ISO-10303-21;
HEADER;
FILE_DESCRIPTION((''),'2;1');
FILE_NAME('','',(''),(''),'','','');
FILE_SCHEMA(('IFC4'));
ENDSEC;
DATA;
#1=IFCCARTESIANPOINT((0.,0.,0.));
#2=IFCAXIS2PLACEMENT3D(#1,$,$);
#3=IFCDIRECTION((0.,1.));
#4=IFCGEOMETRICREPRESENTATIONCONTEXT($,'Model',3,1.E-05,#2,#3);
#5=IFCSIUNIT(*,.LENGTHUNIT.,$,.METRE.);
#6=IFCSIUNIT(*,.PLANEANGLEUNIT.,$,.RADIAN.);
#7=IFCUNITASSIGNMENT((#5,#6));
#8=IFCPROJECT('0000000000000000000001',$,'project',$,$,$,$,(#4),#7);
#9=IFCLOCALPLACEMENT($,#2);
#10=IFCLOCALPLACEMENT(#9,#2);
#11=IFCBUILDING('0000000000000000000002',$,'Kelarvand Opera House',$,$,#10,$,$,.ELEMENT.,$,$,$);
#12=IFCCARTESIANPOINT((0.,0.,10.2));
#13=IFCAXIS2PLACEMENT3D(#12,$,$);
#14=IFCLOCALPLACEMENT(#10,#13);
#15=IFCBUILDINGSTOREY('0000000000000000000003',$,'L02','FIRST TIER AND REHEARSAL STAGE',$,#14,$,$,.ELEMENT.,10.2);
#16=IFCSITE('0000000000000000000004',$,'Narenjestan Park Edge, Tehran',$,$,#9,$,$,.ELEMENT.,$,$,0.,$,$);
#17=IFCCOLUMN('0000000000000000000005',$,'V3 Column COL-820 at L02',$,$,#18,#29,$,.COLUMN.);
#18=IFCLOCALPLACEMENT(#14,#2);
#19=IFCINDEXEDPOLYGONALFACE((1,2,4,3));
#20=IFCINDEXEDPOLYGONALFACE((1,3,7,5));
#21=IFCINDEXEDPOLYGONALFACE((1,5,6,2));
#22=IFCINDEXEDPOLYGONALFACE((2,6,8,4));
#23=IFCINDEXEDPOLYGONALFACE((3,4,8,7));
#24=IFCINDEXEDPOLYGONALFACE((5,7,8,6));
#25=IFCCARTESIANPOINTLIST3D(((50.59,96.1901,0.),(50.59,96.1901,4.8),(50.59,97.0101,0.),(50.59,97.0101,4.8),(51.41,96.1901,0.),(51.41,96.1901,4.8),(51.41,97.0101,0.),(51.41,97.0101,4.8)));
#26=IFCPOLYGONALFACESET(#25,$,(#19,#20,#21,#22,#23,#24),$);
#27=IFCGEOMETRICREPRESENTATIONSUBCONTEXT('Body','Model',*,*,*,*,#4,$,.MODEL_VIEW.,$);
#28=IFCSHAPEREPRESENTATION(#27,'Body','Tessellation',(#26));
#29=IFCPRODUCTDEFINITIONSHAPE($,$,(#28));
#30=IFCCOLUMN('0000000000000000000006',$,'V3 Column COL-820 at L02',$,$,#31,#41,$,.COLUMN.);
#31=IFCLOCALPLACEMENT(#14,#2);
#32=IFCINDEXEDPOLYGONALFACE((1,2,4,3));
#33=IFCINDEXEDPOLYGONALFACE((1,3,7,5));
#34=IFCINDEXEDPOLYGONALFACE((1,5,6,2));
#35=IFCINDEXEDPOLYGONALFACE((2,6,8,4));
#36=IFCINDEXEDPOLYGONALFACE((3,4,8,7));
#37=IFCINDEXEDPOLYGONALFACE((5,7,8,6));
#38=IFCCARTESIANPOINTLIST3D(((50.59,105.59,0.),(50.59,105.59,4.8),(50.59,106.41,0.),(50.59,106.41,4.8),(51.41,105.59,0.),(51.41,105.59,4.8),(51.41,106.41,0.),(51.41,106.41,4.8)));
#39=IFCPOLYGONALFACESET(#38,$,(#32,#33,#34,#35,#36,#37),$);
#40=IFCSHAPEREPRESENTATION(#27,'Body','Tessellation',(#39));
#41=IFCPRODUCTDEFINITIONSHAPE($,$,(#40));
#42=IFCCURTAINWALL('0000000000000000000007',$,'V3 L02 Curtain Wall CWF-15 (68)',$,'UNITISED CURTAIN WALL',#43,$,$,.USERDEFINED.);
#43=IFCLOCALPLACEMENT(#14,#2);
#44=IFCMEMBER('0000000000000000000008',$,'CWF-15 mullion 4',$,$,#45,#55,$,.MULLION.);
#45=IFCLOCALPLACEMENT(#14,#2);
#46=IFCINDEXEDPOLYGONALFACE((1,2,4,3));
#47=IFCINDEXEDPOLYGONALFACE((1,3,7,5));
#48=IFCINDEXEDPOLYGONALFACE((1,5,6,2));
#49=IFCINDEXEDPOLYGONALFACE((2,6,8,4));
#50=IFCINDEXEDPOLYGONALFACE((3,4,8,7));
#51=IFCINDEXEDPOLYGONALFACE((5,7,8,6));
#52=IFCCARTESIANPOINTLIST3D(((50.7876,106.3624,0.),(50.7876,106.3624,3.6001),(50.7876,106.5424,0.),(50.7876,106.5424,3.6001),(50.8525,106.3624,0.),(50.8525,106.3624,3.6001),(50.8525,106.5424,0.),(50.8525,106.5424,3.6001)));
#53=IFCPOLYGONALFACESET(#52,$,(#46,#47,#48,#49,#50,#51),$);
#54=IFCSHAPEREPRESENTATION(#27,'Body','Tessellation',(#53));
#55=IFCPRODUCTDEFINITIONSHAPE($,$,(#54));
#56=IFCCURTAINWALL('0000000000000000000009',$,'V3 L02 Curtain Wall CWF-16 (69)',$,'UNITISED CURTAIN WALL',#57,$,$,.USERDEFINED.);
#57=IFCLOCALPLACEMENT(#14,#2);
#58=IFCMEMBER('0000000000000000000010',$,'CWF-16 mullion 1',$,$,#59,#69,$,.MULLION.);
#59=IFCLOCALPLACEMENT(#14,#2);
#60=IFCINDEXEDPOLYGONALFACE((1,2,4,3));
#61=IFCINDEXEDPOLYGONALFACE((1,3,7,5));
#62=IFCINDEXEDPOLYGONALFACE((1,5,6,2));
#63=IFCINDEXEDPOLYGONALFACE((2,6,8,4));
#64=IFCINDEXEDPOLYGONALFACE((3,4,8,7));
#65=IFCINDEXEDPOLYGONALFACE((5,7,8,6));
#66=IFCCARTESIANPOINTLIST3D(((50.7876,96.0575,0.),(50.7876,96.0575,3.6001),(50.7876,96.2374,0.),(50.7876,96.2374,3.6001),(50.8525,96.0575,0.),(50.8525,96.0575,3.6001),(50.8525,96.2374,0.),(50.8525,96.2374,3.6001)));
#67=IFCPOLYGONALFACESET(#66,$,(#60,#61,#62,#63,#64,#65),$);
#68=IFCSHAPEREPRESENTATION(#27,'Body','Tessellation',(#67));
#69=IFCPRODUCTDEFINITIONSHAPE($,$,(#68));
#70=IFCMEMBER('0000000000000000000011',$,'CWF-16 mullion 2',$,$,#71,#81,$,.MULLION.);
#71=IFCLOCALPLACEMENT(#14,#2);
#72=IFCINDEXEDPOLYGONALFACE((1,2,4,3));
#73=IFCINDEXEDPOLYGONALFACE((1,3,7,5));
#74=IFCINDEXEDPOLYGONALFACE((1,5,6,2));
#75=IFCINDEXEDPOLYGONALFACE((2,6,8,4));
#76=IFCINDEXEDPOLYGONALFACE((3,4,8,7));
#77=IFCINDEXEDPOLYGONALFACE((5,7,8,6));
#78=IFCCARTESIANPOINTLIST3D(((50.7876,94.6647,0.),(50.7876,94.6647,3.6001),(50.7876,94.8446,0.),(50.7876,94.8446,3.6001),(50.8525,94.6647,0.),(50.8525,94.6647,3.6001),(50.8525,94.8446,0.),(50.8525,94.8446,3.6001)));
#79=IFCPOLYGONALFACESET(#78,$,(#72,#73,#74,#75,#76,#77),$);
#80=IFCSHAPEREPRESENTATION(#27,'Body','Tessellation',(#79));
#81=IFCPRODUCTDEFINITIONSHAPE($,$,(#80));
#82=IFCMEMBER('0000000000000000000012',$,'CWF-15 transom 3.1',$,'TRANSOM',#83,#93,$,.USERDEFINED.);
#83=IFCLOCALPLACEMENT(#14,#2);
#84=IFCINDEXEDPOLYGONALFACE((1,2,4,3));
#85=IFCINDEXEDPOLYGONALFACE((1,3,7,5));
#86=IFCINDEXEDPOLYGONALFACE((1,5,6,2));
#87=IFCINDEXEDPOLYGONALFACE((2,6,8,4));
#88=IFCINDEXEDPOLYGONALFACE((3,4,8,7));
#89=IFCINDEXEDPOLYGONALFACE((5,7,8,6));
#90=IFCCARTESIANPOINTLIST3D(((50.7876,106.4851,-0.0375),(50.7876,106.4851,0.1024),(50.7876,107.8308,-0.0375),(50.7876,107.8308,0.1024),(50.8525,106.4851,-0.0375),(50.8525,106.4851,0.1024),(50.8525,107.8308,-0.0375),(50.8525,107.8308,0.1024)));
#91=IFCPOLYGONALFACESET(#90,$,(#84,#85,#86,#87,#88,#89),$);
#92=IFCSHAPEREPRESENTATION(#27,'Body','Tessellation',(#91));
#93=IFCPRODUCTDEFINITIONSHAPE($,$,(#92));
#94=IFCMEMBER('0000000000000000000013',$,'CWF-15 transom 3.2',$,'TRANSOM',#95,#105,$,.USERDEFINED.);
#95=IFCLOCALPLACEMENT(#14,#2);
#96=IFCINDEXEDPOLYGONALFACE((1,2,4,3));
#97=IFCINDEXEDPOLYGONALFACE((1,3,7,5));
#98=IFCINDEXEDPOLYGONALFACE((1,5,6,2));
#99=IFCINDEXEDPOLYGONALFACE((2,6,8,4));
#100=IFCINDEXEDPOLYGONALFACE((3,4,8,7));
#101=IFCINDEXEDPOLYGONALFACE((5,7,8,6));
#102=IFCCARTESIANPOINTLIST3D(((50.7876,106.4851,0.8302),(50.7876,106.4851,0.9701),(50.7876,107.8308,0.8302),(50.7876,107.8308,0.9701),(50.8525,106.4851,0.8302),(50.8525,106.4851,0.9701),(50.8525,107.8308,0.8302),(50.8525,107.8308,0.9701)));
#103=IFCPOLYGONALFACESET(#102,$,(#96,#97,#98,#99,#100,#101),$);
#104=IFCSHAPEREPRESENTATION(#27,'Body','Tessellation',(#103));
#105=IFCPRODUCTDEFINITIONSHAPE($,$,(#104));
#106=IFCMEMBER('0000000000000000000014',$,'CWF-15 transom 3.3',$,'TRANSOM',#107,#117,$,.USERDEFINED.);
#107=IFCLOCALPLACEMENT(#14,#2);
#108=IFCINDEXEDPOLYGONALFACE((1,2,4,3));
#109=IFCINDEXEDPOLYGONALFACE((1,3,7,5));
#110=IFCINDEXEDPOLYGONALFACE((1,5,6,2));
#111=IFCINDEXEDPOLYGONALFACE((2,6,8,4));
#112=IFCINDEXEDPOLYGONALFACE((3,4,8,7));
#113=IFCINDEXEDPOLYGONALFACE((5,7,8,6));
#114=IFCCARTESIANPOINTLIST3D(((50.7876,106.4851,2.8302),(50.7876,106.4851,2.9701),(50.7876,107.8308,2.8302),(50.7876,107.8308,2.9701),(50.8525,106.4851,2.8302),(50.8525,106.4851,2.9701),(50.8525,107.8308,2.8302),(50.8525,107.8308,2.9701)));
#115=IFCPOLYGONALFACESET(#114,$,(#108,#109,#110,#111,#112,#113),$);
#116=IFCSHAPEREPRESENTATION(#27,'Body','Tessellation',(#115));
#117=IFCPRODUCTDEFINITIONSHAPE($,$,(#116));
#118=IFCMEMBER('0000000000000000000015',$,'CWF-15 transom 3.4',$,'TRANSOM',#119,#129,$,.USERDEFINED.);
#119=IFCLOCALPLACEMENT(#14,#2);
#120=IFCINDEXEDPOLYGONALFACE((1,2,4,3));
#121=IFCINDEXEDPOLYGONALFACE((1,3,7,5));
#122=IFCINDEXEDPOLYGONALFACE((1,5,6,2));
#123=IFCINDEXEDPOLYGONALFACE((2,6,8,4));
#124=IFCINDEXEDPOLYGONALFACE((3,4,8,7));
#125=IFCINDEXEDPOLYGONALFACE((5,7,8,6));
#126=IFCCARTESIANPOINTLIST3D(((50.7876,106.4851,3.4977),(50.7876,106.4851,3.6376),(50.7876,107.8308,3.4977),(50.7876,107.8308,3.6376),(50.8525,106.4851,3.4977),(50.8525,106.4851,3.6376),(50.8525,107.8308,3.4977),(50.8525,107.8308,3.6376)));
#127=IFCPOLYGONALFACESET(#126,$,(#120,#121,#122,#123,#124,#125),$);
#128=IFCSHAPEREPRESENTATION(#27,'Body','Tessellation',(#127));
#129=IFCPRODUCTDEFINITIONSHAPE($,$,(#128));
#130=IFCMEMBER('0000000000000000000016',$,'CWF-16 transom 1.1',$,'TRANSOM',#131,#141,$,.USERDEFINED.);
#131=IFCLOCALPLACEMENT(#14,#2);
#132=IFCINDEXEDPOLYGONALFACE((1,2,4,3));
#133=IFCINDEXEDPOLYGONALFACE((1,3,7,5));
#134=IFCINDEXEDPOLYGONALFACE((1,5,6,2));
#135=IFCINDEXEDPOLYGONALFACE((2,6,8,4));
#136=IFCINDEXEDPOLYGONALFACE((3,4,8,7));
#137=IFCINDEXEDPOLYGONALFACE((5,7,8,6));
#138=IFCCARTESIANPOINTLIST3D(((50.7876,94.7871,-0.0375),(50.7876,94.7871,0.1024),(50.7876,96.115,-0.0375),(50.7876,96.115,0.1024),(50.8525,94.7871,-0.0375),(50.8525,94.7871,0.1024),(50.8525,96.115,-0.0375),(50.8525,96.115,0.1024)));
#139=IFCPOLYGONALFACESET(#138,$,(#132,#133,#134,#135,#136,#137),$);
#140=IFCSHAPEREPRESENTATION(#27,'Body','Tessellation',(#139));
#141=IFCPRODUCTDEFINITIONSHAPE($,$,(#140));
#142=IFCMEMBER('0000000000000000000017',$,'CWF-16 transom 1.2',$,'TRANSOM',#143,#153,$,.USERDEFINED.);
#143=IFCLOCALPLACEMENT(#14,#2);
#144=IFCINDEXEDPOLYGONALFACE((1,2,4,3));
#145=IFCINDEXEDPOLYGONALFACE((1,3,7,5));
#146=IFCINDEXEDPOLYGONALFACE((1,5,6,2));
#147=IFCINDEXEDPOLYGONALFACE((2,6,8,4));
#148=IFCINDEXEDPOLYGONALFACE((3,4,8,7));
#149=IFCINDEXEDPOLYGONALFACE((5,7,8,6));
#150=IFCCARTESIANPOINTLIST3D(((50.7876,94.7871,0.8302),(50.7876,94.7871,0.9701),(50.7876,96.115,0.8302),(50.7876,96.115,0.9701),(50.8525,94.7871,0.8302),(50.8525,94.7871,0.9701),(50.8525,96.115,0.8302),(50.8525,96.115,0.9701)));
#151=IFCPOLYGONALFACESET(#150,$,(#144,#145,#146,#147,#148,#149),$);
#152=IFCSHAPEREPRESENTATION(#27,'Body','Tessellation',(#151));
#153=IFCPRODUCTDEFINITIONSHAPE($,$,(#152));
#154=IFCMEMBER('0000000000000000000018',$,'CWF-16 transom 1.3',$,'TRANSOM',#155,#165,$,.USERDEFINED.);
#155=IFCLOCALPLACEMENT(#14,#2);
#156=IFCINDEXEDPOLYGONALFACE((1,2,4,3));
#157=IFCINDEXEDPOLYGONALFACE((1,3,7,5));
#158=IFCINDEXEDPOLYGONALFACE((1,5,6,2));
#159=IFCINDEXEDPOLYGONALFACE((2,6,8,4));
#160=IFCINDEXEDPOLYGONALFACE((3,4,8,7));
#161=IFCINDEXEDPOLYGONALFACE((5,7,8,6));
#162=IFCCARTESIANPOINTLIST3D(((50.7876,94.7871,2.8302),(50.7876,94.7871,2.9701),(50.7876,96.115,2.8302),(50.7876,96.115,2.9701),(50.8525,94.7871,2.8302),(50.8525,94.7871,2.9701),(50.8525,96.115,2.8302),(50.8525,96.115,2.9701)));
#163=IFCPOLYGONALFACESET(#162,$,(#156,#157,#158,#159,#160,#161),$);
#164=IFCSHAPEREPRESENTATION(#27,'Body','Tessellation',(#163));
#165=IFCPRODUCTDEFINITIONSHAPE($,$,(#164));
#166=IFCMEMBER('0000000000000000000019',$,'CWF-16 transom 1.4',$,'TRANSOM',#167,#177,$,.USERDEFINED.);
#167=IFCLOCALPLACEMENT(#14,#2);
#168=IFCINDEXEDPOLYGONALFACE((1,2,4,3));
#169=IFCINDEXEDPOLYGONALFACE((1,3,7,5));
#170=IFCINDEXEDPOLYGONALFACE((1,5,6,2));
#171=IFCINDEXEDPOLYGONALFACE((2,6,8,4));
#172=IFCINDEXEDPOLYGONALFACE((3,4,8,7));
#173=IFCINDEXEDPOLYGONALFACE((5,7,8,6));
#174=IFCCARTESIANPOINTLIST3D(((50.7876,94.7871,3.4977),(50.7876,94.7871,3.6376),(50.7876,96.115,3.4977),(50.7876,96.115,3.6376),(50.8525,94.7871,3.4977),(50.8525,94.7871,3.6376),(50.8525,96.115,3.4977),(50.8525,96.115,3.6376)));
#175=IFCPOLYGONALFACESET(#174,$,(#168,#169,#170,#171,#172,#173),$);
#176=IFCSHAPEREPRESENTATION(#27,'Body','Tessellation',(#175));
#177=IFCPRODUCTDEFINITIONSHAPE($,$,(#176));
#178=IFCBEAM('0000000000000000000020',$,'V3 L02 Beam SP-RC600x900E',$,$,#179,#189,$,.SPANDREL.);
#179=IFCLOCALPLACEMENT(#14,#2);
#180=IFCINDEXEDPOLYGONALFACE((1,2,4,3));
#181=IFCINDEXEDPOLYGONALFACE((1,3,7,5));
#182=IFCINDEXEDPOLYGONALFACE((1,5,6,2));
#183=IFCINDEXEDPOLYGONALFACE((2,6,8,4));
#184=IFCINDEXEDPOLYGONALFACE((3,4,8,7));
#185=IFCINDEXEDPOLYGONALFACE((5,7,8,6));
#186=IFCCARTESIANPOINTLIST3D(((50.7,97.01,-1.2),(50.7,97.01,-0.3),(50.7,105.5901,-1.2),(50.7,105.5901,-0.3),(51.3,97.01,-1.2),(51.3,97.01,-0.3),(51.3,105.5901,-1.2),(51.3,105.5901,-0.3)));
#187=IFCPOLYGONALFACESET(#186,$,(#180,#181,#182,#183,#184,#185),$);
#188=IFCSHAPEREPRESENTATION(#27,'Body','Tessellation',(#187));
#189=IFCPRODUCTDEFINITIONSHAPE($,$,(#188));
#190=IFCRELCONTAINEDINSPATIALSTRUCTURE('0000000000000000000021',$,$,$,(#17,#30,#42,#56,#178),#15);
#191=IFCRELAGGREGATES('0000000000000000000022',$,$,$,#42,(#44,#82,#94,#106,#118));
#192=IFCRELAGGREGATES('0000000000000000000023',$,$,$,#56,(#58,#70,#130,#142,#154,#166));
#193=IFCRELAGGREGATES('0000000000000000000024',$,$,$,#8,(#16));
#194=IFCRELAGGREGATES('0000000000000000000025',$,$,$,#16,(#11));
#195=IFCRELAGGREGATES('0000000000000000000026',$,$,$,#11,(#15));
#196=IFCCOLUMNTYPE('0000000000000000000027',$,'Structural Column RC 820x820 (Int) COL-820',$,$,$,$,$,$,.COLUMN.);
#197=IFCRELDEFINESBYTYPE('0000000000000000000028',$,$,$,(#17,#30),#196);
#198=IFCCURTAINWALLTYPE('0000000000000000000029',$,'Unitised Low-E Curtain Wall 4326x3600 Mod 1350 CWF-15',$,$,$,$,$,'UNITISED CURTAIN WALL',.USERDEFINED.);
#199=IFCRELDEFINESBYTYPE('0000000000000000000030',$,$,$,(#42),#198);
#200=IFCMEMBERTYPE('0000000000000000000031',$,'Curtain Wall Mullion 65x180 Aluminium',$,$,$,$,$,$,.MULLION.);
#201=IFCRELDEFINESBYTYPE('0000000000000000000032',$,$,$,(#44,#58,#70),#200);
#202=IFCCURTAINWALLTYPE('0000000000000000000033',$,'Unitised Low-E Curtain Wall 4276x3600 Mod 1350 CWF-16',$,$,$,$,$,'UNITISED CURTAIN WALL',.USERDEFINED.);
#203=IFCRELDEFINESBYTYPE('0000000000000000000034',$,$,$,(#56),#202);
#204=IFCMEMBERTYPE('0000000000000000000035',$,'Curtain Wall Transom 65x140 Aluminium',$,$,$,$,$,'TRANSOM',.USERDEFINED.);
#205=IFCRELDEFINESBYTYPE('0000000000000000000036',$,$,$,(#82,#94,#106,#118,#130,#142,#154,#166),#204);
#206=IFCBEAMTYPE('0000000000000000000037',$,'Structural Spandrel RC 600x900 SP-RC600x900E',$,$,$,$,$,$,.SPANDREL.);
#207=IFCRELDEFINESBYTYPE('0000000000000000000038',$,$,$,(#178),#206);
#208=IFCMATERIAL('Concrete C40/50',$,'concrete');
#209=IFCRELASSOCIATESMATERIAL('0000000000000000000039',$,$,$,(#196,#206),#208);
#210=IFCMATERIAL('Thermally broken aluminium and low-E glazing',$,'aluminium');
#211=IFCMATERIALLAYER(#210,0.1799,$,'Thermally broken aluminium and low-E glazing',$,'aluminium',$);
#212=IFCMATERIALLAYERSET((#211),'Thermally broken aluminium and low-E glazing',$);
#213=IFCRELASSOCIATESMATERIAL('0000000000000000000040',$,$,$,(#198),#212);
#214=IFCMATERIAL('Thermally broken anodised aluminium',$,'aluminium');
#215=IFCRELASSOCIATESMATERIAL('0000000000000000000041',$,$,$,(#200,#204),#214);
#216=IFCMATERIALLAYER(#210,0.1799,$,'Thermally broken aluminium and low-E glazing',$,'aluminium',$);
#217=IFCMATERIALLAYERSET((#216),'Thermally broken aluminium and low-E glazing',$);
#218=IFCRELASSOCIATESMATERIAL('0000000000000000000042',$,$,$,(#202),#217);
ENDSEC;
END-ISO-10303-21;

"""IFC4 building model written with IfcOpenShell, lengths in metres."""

from ifc_helpers import new_model, si_unit, direction, frame, origin, origin_2d, place, context, subcontext, project, spatial, rectangle, extrude, material, layer, layer_set, material_profile, profile_set, type_object, element, aggregate, save


model = new_model("IFC4")

# Units and contexts
model_context = context("Model", 3, precision=1e-05, world=origin(), true_north=direction((0.0, 1.0)))
body_context = subcontext(model_context, "Body", "Model", "MODEL_VIEW")
ifc_project = project(units=[si_unit("LENGTHUNIT", "METRE"), si_unit("PLANEANGLEUNIT", "RADIAN")], contexts=[model_context])

# Site, building, storey
site_placement = place(None, origin())
site = spatial("IfcSite", under=ifc_project, at=site_placement, Name="Narenjestan Park Edge, Tehran", CompositionType="ELEMENT", RefElevation=0.0)
building_placement = place(site_placement, origin())
building = spatial("IfcBuilding", under=site, at=building_placement, Name="Kelarvand Opera House", CompositionType="ELEMENT")
storey_placement = place(building_placement, frame((0.0, 0.0, 10.2)))
storey = spatial("IfcBuildingStorey", under=building, at=storey_placement, Name="L02", Description="FIRST TIER AND REHEARSAL STAGE", CompositionType="ELEMENT", Elevation=10.2)

# Columns
ifc_material_1 = material(Name="Concrete C40/50", Category="concrete")
ifc_material_profile_1 = material_profile(ifc_material_1, rectangle(XDim=0.8201, YDim=0.8201, at=origin_2d()), Name="RC 820x820", Category="concrete")
ifc_profile_set_1 = profile_set([ifc_material_profile_1], Name="Concrete C40/50")
column_type = type_object("IfcColumnType", Name="Structural Column RC 820x820 (Int) COL-820", PredefinedType="COLUMN", material=ifc_profile_set_1)
for number, where, z_axis, x_axis, name in (
    (1, (51.0, 96.6001, 0.0), (0.0, 0.0, 1.0), (1.0, 0.0, 0.0), "V3 Column COL-820 at L02"),
    (2, (51.0, 106.0, 0.0), (0.0, 0.0, 1.0), (1.0, 0.0, 0.0), "V3 Column COL-820 at L02"),
):
    element("IfcColumn", number, at=place(storey_placement, frame(where, z_axis=z_axis, x_axis=x_axis)), inside=storey, type_object=column_type, Name=name, PredefinedType="COLUMN", context=body_context, shape_type="SweptSolid", body=[
        extrude(rectangle(XDim=0.8201, YDim=0.8201, at=origin_2d()), origin(), (0.0, 0.0, 1.0), 4.8),
    ])

# Curtain wall, member
ifc_material_2 = material(Name="Thermally broken aluminium and low-E glazing", Category="aluminium")
ifc_layer_1 = layer(ifc_material_2, 0.1799, Name="Thermally broken aluminium and low-E glazing", Category="aluminium")
ifc_layer_set_1 = layer_set([ifc_layer_1], Name="Thermally broken aluminium and low-E glazing")
curtain_wall_type_1 = type_object("IfcCurtainWallType", Name="Unitised Low-E Curtain Wall 4326x3600 Mod 1350 CWF-15", ElementType="UNITISED CURTAIN WALL", PredefinedType="USERDEFINED", material=ifc_layer_set_1)
curtain_wall_1_placement = place(storey_placement, origin())
curtain_wall_1 = element("IfcCurtainWall", 3, at=curtain_wall_1_placement, inside=storey, type_object=curtain_wall_type_1, Name="V3 L02 Curtain Wall CWF-15 (68)", ObjectType="UNITISED CURTAIN WALL", PredefinedType="USERDEFINED")
ifc_material_3 = material(Name="Thermally broken anodised aluminium", Category="aluminium")
ifc_material_profile_2 = material_profile(ifc_material_3, rectangle(XDim=0.0649, YDim=0.1799, at=origin_2d()), Name="ALU MULLION 65x180", Category="aluminium")
ifc_profile_set_2 = profile_set([ifc_material_profile_2], Name="Thermally broken anodised aluminium")
member_type_1 = type_object("IfcMemberType", Name="Curtain Wall Mullion 65x180 Aluminium", PredefinedType="MULLION", material=ifc_profile_set_2)
member_1_placement = place(storey_placement, frame((50.8201, 106.4524, 0.0), z_axis=(0.0, 0.0, 1.0), x_axis=(1.0, 0.0, 0.0)))
member_1 = element("IfcMember", 4, at=member_1_placement, type_object=member_type_1, Name="CWF-15 mullion 4", PredefinedType="MULLION", context=body_context, shape_type="SweptSolid", body=[
    extrude(rectangle(XDim=0.0649, YDim=0.1799, at=origin_2d()), origin(), (0.0, 0.0, 1.0), 3.6001),
])

# Curtain wall, members
ifc_layer_2 = layer(ifc_material_2, 0.1799, Name="Thermally broken aluminium and low-E glazing", Category="aluminium")
ifc_layer_set_2 = layer_set([ifc_layer_2], Name="Thermally broken aluminium and low-E glazing")
curtain_wall_type_2 = type_object("IfcCurtainWallType", Name="Unitised Low-E Curtain Wall 4276x3600 Mod 1350 CWF-16", ElementType="UNITISED CURTAIN WALL", PredefinedType="USERDEFINED", material=ifc_layer_set_2)
curtain_wall_2_placement = place(storey_placement, origin())
curtain_wall_2 = element("IfcCurtainWall", 5, at=curtain_wall_2_placement, inside=storey, type_object=curtain_wall_type_2, Name="V3 L02 Curtain Wall CWF-16 (69)", ObjectType="UNITISED CURTAIN WALL", PredefinedType="USERDEFINED")
member_2_placement = place(storey_placement, frame((50.8201, 96.1475, 0.0), z_axis=(0.0, 0.0, 1.0), x_axis=(1.0, 0.0, 0.0)))
member_2 = element("IfcMember", 6, at=member_2_placement, type_object=member_type_1, Name="CWF-16 mullion 1", PredefinedType="MULLION", context=body_context, shape_type="SweptSolid", body=[
    extrude(rectangle(XDim=0.0649, YDim=0.1799, at=origin_2d()), origin(), (0.0, 0.0, 1.0), 3.6001),
])
member_3_placement = place(storey_placement, frame((50.8201, 94.7546, 0.0), z_axis=(0.0, 0.0, 1.0), x_axis=(1.0, 0.0, 0.0)))
member_3 = element("IfcMember", 7, at=member_3_placement, type_object=member_type_1, Name="CWF-16 mullion 2", PredefinedType="MULLION", context=body_context, shape_type="SweptSolid", body=[
    extrude(rectangle(XDim=0.0649, YDim=0.1799, at=origin_2d()), origin(), (0.0, 0.0, 1.0), 3.6001),
])

# Members
ifc_material_profile_3 = material_profile(ifc_material_3, rectangle(XDim=0.0649, YDim=0.1399, at=origin_2d()), Name="ALU TRANSOM 65x140", Category="aluminium")
ifc_profile_set_3 = profile_set([ifc_material_profile_3], Name="Thermally broken anodised aluminium")
member_type_2 = type_object("IfcMemberType", Name="Curtain Wall Transom 65x140 Aluminium", ElementType="TRANSOM", PredefinedType="USERDEFINED", material=ifc_profile_set_3)
member_4_placement = place(storey_placement, frame((50.8201, 107.8308, 0.0325), z_axis=(0.0, -1.0, 0.0), x_axis=(1.0, 0.0, 0.0)))
member_4 = element("IfcMember", 8, at=member_4_placement, type_object=member_type_2, Name="CWF-15 transom 3.1", ObjectType="TRANSOM", PredefinedType="USERDEFINED", context=body_context, shape_type="SweptSolid", body=[
    extrude(rectangle(XDim=0.0649, YDim=0.1399, at=origin_2d()), origin(), (0.0, 0.0, 1.0), 1.3457),
])
member_5_placement = place(storey_placement, frame((50.8201, 107.8308, 0.9001), z_axis=(0.0, -1.0, 0.0), x_axis=(1.0, 0.0, 0.0)))
member_5 = element("IfcMember", 9, at=member_5_placement, type_object=member_type_2, Name="CWF-15 transom 3.2", ObjectType="TRANSOM", PredefinedType="USERDEFINED", context=body_context, shape_type="SweptSolid", body=[
    extrude(rectangle(XDim=0.0649, YDim=0.1399, at=origin_2d()), origin(), (0.0, 0.0, 1.0), 1.3457),
])
member_6_placement = place(storey_placement, frame((50.8201, 107.8308, 2.9001), z_axis=(0.0, -1.0, 0.0), x_axis=(1.0, 0.0, 0.0)))
member_6 = element("IfcMember", 10, at=member_6_placement, type_object=member_type_2, Name="CWF-15 transom 3.3", ObjectType="TRANSOM", PredefinedType="USERDEFINED", context=body_context, shape_type="SweptSolid", body=[
    extrude(rectangle(XDim=0.0649, YDim=0.1399, at=origin_2d()), origin(), (0.0, 0.0, 1.0), 1.3457),
])
member_7_placement = place(storey_placement, frame((50.8201, 107.8308, 3.5676), z_axis=(0.0, -1.0, 0.0), x_axis=(1.0, 0.0, 0.0)))
member_7 = element("IfcMember", 11, at=member_7_placement, type_object=member_type_2, Name="CWF-15 transom 3.4", ObjectType="TRANSOM", PredefinedType="USERDEFINED", context=body_context, shape_type="SweptSolid", body=[
    extrude(rectangle(XDim=0.0649, YDim=0.1399, at=origin_2d()), origin(), (0.0, 0.0, 1.0), 1.3457),
])
member_8_placement = place(storey_placement, frame((50.8201, 96.115, 0.0325), z_axis=(0.0, -1.0, 0.0), x_axis=(1.0, 0.0, 0.0)))
member_8 = element("IfcMember", 12, at=member_8_placement, type_object=member_type_2, Name="CWF-16 transom 1.1", ObjectType="TRANSOM", PredefinedType="USERDEFINED", context=body_context, shape_type="SweptSolid", body=[
    extrude(rectangle(XDim=0.0649, YDim=0.1399, at=origin_2d()), origin(), (0.0, 0.0, 1.0), 1.3279),
])
member_9_placement = place(storey_placement, frame((50.8201, 96.115, 0.9001), z_axis=(0.0, -1.0, 0.0), x_axis=(1.0, 0.0, 0.0)))
member_9 = element("IfcMember", 13, at=member_9_placement, type_object=member_type_2, Name="CWF-16 transom 1.2", ObjectType="TRANSOM", PredefinedType="USERDEFINED", context=body_context, shape_type="SweptSolid", body=[
    extrude(rectangle(XDim=0.0649, YDim=0.1399, at=origin_2d()), origin(), (0.0, 0.0, 1.0), 1.3279),
])
member_10_placement = place(storey_placement, frame((50.8201, 96.115, 2.9001), z_axis=(0.0, -1.0, 0.0), x_axis=(1.0, 0.0, 0.0)))
member_10 = element("IfcMember", 14, at=member_10_placement, type_object=member_type_2, Name="CWF-16 transom 1.3", ObjectType="TRANSOM", PredefinedType="USERDEFINED", context=body_context, shape_type="SweptSolid", body=[
    extrude(rectangle(XDim=0.0649, YDim=0.1399, at=origin_2d()), origin(), (0.0, 0.0, 1.0), 1.3279),
])
member_11_placement = place(storey_placement, frame((50.8201, 96.115, 3.5676), z_axis=(0.0, -1.0, 0.0), x_axis=(1.0, 0.0, 0.0)))
member_11 = element("IfcMember", 15, at=member_11_placement, type_object=member_type_2, Name="CWF-16 transom 1.4", ObjectType="TRANSOM", PredefinedType="USERDEFINED", context=body_context, shape_type="SweptSolid", body=[
    extrude(rectangle(XDim=0.0649, YDim=0.1399, at=origin_2d()), origin(), (0.0, 0.0, 1.0), 1.3279),
])

# Beam
ifc_material_profile_4 = material_profile(ifc_material_1, rectangle(XDim=0.6001, YDim=0.8999, at=origin_2d()), Name="RC 600x900", Category="concrete")
ifc_profile_set_4 = profile_set([ifc_material_profile_4], Name="Concrete C40/50")
beam_type = type_object("IfcBeamType", Name="Structural Spandrel RC 600x900 SP-RC600x900E", PredefinedType="SPANDREL", material=ifc_profile_set_4)
beam_1_placement = place(storey_placement, frame((51.0, 97.01, -0.75), z_axis=(0.0, 1.0, 0.0), x_axis=(-1.0, 0.0, 0.0)))
element("IfcBeam", 16, at=beam_1_placement, inside=storey, type_object=beam_type, Name="V3 L02 Beam SP-RC600x900E", PredefinedType="SPANDREL", context=body_context, shape_type="SweptSolid", body=[
    extrude(rectangle(XDim=0.6001, YDim=0.8999, at=origin_2d()), origin(), (0.0, 0.0, 1.0), 8.5801),
])

aggregate(curtain_wall_1, [member_1, member_4, member_5, member_6, member_7])
aggregate(curtain_wall_2, [member_2, member_3, member_8, member_9, member_10, member_11])

save(model, "model.ifc")
